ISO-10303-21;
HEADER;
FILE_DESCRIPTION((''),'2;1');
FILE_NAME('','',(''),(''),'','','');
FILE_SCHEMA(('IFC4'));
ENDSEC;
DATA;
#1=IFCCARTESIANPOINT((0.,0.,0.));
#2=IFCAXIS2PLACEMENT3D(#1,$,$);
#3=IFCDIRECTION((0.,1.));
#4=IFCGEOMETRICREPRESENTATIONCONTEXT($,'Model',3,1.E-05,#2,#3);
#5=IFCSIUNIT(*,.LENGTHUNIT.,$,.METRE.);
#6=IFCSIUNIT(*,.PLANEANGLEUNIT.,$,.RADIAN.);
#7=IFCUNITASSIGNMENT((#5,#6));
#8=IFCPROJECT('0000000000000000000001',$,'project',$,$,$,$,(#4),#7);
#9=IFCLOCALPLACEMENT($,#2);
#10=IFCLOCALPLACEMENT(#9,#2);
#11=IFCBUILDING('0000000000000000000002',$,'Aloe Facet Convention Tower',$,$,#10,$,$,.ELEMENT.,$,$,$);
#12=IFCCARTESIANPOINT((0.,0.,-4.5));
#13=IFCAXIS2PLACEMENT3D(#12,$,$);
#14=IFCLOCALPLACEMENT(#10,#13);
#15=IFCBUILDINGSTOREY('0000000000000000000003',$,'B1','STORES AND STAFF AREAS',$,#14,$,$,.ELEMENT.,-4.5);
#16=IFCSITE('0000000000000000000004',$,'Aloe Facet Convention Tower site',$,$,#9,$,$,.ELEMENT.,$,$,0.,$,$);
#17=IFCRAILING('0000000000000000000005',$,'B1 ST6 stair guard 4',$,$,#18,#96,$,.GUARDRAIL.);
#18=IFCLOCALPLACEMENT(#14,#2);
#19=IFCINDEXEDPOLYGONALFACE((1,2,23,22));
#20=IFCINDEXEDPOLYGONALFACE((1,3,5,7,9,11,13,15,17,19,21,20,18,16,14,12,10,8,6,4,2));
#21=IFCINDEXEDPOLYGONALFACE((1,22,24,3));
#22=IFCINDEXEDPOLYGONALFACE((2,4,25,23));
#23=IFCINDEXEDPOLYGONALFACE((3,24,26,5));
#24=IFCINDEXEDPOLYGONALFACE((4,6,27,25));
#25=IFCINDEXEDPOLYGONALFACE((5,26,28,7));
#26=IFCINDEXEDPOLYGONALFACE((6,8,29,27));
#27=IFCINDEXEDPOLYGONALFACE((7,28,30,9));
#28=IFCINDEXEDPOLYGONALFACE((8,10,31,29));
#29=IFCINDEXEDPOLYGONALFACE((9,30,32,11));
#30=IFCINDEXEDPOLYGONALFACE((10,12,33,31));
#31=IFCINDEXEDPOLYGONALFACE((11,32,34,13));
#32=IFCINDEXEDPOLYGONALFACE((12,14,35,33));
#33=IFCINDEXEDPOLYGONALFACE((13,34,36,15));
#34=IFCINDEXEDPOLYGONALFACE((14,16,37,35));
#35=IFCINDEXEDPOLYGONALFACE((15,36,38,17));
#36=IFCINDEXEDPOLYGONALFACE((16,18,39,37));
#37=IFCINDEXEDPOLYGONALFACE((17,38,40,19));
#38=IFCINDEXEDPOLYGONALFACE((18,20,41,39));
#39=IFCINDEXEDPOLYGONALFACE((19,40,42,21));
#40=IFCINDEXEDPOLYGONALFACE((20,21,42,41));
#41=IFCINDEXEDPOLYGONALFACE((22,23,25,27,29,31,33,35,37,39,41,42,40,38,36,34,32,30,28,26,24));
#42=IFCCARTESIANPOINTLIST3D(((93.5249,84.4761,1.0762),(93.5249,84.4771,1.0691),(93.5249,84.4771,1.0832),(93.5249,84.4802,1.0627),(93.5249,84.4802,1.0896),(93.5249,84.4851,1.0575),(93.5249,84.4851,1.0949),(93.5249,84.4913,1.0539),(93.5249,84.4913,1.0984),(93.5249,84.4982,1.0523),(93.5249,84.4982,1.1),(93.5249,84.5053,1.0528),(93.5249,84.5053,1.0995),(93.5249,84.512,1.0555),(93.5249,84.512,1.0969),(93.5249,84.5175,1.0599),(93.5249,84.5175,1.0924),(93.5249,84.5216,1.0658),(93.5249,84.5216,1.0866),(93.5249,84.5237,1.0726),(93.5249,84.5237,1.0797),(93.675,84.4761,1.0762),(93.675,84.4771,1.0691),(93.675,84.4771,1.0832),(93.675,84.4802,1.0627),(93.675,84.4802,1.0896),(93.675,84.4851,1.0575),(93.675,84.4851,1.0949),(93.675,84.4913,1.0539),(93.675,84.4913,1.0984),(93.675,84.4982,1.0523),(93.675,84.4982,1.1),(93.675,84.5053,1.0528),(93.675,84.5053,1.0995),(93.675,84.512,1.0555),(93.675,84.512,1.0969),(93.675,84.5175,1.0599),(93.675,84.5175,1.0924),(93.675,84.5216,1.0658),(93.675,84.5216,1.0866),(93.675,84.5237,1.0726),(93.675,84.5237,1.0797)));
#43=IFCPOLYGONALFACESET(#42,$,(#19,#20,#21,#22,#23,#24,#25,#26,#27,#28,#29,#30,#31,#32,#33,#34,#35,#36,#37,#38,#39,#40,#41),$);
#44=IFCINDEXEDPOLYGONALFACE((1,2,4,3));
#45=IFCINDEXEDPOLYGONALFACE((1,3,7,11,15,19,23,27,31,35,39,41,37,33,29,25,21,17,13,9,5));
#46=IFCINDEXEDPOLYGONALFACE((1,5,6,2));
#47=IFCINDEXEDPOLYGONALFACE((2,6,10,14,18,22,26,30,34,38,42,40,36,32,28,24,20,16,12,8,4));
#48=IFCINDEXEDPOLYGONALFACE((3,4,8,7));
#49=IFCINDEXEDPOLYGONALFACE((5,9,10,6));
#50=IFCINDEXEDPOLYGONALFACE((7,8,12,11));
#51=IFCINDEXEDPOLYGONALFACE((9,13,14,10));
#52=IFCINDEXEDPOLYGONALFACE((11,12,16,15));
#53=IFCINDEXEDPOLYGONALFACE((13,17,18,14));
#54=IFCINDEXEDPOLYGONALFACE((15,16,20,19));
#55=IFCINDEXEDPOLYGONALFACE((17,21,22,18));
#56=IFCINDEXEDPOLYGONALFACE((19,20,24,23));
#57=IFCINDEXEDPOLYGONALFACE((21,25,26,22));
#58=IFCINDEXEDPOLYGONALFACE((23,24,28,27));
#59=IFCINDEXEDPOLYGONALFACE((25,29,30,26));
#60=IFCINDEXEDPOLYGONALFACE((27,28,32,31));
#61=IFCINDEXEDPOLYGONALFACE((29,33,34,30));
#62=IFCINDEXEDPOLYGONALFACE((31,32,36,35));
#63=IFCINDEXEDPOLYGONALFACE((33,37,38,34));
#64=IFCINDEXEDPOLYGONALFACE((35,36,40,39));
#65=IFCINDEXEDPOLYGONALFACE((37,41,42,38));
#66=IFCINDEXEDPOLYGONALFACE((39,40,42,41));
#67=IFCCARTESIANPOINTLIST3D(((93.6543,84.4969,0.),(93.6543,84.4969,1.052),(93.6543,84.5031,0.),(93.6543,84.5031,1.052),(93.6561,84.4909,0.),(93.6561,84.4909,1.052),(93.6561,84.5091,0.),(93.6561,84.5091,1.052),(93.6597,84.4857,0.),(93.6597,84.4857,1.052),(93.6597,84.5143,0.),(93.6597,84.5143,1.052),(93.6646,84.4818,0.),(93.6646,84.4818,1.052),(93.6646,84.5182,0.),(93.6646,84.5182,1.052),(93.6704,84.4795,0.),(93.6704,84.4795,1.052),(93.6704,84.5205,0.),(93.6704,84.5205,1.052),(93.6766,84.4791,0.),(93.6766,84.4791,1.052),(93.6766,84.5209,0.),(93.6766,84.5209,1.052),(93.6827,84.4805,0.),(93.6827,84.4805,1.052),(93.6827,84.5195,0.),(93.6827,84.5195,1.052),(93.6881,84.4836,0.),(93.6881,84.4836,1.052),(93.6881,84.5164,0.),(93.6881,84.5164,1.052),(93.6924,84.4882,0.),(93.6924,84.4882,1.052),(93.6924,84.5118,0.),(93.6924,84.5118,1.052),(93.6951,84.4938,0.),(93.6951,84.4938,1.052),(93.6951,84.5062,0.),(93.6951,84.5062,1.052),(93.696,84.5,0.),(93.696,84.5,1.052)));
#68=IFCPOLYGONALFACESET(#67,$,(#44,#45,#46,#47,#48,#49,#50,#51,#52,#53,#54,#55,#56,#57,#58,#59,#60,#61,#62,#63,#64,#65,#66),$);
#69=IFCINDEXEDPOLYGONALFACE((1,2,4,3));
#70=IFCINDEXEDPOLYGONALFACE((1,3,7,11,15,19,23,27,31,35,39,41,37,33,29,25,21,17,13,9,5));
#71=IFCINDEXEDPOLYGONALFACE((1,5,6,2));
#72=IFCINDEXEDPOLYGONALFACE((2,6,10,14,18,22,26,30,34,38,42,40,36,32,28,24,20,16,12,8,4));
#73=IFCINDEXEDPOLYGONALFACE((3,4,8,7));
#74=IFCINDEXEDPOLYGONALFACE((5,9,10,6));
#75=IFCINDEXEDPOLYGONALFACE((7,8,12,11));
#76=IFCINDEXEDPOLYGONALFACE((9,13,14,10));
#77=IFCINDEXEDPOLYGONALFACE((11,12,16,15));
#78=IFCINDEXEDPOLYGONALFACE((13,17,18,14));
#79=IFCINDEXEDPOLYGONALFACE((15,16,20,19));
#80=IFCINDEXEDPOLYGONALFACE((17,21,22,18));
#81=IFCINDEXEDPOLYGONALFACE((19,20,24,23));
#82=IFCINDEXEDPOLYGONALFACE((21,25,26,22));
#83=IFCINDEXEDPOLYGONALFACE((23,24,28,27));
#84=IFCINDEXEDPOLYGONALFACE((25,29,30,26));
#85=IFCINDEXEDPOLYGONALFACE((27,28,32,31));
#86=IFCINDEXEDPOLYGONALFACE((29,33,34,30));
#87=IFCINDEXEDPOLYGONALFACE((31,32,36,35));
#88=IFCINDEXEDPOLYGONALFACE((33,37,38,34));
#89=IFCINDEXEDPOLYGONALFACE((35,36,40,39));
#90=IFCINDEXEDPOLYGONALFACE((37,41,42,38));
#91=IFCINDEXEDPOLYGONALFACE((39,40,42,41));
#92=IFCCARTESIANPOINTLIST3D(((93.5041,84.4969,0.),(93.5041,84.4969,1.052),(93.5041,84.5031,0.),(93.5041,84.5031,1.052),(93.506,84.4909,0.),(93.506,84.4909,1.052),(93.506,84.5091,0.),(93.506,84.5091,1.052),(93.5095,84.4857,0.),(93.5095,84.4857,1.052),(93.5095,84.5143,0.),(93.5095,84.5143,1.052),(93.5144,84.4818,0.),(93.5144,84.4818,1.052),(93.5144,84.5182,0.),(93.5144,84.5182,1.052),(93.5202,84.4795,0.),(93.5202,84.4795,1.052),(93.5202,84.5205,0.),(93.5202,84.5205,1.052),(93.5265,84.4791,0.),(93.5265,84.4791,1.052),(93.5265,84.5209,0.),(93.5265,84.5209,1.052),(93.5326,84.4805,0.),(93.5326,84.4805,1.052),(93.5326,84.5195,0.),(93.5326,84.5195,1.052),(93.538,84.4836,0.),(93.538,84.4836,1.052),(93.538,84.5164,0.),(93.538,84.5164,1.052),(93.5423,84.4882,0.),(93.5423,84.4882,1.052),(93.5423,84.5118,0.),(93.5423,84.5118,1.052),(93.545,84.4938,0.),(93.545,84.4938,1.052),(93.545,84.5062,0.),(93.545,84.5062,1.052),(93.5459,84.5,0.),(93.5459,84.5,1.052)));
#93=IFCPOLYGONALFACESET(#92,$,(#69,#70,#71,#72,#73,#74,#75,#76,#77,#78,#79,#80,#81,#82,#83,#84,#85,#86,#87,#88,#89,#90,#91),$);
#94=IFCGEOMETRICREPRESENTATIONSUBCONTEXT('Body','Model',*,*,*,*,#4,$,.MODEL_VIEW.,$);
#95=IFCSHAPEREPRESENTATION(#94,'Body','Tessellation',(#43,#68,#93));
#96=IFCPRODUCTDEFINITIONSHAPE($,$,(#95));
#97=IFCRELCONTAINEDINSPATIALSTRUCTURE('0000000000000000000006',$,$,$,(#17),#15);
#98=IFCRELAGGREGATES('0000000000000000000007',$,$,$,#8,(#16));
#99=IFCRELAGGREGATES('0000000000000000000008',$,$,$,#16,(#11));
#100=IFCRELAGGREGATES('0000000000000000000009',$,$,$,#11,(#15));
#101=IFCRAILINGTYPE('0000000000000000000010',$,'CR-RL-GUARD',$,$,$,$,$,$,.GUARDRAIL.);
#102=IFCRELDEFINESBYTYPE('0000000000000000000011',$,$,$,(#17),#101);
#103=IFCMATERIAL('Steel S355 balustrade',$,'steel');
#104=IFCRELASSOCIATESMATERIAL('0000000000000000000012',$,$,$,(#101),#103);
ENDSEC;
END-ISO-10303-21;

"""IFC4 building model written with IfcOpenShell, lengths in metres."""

from ifc_helpers import new_model, si_unit, direction, frame, origin, origin_2d, place, context, subcontext, project, spatial, circle, extrude, material, type_object, element, save


model = new_model("IFC4")

# Units and contexts
model_context = context("Model", 3, precision=1e-05, world=origin(), true_north=direction((0.0, 1.0)))
body_context = subcontext(model_context, "Body", "Model", "MODEL_VIEW")
ifc_project = project(units=[si_unit("LENGTHUNIT", "METRE"), si_unit("PLANEANGLEUNIT", "RADIAN")], contexts=[model_context])

# Site, building, storey
site_placement = place(None, origin())
site = spatial("IfcSite", under=ifc_project, at=site_placement, Name="Aloe Facet Convention Tower site", CompositionType="ELEMENT", RefElevation=0.0)
building_placement = place(site_placement, origin())
building = spatial("IfcBuilding", under=site, at=building_placement, Name="Aloe Facet Convention Tower", CompositionType="ELEMENT")
storey_placement = place(building_placement, frame((0.0, 0.0, -4.5)))
storey = spatial("IfcBuildingStorey", under=building, at=storey_placement, Name="B1", Description="STORES AND STAFF AREAS", CompositionType="ELEMENT", Elevation=-4.5)

# Railing
ifc_material_1 = material(Name="Steel S355 balustrade", Category="steel")
railing_type_1 = type_object("IfcRailingType", Name="CR-RL-GUARD", PredefinedType="GUARDRAIL", material=ifc_material_1)
railing_1_placement = place(storey_placement, frame((93.675, 84.5, 0.0)))
element("IfcRailing", 1, at=railing_1_placement, inside=storey, type_object=railing_type_1, Name="B1 ST6 stair guard 4", PredefinedType="GUARDRAIL", context=body_context, shape_type="SweptSolid", body=[
    extrude(circle(Radius=0.0239, at=origin_2d()), frame((0.0, 0.0, 1.0762), z_axis=(-1.0, 0.0, 0.0), x_axis=(0.0, -1.0, 0.0)), (0.0, 0.0, 1.0), 0.1501),
    extrude(circle(Radius=0.021, at=origin_2d()), origin(), (0.0, 0.0, 1.0), 1.052),
    extrude(circle(Radius=0.021, at=origin_2d()), frame((-0.1501, 0.0, 0.0)), (0.0, 0.0, 1.0), 1.052),
])

save(model, "model.ifc")
